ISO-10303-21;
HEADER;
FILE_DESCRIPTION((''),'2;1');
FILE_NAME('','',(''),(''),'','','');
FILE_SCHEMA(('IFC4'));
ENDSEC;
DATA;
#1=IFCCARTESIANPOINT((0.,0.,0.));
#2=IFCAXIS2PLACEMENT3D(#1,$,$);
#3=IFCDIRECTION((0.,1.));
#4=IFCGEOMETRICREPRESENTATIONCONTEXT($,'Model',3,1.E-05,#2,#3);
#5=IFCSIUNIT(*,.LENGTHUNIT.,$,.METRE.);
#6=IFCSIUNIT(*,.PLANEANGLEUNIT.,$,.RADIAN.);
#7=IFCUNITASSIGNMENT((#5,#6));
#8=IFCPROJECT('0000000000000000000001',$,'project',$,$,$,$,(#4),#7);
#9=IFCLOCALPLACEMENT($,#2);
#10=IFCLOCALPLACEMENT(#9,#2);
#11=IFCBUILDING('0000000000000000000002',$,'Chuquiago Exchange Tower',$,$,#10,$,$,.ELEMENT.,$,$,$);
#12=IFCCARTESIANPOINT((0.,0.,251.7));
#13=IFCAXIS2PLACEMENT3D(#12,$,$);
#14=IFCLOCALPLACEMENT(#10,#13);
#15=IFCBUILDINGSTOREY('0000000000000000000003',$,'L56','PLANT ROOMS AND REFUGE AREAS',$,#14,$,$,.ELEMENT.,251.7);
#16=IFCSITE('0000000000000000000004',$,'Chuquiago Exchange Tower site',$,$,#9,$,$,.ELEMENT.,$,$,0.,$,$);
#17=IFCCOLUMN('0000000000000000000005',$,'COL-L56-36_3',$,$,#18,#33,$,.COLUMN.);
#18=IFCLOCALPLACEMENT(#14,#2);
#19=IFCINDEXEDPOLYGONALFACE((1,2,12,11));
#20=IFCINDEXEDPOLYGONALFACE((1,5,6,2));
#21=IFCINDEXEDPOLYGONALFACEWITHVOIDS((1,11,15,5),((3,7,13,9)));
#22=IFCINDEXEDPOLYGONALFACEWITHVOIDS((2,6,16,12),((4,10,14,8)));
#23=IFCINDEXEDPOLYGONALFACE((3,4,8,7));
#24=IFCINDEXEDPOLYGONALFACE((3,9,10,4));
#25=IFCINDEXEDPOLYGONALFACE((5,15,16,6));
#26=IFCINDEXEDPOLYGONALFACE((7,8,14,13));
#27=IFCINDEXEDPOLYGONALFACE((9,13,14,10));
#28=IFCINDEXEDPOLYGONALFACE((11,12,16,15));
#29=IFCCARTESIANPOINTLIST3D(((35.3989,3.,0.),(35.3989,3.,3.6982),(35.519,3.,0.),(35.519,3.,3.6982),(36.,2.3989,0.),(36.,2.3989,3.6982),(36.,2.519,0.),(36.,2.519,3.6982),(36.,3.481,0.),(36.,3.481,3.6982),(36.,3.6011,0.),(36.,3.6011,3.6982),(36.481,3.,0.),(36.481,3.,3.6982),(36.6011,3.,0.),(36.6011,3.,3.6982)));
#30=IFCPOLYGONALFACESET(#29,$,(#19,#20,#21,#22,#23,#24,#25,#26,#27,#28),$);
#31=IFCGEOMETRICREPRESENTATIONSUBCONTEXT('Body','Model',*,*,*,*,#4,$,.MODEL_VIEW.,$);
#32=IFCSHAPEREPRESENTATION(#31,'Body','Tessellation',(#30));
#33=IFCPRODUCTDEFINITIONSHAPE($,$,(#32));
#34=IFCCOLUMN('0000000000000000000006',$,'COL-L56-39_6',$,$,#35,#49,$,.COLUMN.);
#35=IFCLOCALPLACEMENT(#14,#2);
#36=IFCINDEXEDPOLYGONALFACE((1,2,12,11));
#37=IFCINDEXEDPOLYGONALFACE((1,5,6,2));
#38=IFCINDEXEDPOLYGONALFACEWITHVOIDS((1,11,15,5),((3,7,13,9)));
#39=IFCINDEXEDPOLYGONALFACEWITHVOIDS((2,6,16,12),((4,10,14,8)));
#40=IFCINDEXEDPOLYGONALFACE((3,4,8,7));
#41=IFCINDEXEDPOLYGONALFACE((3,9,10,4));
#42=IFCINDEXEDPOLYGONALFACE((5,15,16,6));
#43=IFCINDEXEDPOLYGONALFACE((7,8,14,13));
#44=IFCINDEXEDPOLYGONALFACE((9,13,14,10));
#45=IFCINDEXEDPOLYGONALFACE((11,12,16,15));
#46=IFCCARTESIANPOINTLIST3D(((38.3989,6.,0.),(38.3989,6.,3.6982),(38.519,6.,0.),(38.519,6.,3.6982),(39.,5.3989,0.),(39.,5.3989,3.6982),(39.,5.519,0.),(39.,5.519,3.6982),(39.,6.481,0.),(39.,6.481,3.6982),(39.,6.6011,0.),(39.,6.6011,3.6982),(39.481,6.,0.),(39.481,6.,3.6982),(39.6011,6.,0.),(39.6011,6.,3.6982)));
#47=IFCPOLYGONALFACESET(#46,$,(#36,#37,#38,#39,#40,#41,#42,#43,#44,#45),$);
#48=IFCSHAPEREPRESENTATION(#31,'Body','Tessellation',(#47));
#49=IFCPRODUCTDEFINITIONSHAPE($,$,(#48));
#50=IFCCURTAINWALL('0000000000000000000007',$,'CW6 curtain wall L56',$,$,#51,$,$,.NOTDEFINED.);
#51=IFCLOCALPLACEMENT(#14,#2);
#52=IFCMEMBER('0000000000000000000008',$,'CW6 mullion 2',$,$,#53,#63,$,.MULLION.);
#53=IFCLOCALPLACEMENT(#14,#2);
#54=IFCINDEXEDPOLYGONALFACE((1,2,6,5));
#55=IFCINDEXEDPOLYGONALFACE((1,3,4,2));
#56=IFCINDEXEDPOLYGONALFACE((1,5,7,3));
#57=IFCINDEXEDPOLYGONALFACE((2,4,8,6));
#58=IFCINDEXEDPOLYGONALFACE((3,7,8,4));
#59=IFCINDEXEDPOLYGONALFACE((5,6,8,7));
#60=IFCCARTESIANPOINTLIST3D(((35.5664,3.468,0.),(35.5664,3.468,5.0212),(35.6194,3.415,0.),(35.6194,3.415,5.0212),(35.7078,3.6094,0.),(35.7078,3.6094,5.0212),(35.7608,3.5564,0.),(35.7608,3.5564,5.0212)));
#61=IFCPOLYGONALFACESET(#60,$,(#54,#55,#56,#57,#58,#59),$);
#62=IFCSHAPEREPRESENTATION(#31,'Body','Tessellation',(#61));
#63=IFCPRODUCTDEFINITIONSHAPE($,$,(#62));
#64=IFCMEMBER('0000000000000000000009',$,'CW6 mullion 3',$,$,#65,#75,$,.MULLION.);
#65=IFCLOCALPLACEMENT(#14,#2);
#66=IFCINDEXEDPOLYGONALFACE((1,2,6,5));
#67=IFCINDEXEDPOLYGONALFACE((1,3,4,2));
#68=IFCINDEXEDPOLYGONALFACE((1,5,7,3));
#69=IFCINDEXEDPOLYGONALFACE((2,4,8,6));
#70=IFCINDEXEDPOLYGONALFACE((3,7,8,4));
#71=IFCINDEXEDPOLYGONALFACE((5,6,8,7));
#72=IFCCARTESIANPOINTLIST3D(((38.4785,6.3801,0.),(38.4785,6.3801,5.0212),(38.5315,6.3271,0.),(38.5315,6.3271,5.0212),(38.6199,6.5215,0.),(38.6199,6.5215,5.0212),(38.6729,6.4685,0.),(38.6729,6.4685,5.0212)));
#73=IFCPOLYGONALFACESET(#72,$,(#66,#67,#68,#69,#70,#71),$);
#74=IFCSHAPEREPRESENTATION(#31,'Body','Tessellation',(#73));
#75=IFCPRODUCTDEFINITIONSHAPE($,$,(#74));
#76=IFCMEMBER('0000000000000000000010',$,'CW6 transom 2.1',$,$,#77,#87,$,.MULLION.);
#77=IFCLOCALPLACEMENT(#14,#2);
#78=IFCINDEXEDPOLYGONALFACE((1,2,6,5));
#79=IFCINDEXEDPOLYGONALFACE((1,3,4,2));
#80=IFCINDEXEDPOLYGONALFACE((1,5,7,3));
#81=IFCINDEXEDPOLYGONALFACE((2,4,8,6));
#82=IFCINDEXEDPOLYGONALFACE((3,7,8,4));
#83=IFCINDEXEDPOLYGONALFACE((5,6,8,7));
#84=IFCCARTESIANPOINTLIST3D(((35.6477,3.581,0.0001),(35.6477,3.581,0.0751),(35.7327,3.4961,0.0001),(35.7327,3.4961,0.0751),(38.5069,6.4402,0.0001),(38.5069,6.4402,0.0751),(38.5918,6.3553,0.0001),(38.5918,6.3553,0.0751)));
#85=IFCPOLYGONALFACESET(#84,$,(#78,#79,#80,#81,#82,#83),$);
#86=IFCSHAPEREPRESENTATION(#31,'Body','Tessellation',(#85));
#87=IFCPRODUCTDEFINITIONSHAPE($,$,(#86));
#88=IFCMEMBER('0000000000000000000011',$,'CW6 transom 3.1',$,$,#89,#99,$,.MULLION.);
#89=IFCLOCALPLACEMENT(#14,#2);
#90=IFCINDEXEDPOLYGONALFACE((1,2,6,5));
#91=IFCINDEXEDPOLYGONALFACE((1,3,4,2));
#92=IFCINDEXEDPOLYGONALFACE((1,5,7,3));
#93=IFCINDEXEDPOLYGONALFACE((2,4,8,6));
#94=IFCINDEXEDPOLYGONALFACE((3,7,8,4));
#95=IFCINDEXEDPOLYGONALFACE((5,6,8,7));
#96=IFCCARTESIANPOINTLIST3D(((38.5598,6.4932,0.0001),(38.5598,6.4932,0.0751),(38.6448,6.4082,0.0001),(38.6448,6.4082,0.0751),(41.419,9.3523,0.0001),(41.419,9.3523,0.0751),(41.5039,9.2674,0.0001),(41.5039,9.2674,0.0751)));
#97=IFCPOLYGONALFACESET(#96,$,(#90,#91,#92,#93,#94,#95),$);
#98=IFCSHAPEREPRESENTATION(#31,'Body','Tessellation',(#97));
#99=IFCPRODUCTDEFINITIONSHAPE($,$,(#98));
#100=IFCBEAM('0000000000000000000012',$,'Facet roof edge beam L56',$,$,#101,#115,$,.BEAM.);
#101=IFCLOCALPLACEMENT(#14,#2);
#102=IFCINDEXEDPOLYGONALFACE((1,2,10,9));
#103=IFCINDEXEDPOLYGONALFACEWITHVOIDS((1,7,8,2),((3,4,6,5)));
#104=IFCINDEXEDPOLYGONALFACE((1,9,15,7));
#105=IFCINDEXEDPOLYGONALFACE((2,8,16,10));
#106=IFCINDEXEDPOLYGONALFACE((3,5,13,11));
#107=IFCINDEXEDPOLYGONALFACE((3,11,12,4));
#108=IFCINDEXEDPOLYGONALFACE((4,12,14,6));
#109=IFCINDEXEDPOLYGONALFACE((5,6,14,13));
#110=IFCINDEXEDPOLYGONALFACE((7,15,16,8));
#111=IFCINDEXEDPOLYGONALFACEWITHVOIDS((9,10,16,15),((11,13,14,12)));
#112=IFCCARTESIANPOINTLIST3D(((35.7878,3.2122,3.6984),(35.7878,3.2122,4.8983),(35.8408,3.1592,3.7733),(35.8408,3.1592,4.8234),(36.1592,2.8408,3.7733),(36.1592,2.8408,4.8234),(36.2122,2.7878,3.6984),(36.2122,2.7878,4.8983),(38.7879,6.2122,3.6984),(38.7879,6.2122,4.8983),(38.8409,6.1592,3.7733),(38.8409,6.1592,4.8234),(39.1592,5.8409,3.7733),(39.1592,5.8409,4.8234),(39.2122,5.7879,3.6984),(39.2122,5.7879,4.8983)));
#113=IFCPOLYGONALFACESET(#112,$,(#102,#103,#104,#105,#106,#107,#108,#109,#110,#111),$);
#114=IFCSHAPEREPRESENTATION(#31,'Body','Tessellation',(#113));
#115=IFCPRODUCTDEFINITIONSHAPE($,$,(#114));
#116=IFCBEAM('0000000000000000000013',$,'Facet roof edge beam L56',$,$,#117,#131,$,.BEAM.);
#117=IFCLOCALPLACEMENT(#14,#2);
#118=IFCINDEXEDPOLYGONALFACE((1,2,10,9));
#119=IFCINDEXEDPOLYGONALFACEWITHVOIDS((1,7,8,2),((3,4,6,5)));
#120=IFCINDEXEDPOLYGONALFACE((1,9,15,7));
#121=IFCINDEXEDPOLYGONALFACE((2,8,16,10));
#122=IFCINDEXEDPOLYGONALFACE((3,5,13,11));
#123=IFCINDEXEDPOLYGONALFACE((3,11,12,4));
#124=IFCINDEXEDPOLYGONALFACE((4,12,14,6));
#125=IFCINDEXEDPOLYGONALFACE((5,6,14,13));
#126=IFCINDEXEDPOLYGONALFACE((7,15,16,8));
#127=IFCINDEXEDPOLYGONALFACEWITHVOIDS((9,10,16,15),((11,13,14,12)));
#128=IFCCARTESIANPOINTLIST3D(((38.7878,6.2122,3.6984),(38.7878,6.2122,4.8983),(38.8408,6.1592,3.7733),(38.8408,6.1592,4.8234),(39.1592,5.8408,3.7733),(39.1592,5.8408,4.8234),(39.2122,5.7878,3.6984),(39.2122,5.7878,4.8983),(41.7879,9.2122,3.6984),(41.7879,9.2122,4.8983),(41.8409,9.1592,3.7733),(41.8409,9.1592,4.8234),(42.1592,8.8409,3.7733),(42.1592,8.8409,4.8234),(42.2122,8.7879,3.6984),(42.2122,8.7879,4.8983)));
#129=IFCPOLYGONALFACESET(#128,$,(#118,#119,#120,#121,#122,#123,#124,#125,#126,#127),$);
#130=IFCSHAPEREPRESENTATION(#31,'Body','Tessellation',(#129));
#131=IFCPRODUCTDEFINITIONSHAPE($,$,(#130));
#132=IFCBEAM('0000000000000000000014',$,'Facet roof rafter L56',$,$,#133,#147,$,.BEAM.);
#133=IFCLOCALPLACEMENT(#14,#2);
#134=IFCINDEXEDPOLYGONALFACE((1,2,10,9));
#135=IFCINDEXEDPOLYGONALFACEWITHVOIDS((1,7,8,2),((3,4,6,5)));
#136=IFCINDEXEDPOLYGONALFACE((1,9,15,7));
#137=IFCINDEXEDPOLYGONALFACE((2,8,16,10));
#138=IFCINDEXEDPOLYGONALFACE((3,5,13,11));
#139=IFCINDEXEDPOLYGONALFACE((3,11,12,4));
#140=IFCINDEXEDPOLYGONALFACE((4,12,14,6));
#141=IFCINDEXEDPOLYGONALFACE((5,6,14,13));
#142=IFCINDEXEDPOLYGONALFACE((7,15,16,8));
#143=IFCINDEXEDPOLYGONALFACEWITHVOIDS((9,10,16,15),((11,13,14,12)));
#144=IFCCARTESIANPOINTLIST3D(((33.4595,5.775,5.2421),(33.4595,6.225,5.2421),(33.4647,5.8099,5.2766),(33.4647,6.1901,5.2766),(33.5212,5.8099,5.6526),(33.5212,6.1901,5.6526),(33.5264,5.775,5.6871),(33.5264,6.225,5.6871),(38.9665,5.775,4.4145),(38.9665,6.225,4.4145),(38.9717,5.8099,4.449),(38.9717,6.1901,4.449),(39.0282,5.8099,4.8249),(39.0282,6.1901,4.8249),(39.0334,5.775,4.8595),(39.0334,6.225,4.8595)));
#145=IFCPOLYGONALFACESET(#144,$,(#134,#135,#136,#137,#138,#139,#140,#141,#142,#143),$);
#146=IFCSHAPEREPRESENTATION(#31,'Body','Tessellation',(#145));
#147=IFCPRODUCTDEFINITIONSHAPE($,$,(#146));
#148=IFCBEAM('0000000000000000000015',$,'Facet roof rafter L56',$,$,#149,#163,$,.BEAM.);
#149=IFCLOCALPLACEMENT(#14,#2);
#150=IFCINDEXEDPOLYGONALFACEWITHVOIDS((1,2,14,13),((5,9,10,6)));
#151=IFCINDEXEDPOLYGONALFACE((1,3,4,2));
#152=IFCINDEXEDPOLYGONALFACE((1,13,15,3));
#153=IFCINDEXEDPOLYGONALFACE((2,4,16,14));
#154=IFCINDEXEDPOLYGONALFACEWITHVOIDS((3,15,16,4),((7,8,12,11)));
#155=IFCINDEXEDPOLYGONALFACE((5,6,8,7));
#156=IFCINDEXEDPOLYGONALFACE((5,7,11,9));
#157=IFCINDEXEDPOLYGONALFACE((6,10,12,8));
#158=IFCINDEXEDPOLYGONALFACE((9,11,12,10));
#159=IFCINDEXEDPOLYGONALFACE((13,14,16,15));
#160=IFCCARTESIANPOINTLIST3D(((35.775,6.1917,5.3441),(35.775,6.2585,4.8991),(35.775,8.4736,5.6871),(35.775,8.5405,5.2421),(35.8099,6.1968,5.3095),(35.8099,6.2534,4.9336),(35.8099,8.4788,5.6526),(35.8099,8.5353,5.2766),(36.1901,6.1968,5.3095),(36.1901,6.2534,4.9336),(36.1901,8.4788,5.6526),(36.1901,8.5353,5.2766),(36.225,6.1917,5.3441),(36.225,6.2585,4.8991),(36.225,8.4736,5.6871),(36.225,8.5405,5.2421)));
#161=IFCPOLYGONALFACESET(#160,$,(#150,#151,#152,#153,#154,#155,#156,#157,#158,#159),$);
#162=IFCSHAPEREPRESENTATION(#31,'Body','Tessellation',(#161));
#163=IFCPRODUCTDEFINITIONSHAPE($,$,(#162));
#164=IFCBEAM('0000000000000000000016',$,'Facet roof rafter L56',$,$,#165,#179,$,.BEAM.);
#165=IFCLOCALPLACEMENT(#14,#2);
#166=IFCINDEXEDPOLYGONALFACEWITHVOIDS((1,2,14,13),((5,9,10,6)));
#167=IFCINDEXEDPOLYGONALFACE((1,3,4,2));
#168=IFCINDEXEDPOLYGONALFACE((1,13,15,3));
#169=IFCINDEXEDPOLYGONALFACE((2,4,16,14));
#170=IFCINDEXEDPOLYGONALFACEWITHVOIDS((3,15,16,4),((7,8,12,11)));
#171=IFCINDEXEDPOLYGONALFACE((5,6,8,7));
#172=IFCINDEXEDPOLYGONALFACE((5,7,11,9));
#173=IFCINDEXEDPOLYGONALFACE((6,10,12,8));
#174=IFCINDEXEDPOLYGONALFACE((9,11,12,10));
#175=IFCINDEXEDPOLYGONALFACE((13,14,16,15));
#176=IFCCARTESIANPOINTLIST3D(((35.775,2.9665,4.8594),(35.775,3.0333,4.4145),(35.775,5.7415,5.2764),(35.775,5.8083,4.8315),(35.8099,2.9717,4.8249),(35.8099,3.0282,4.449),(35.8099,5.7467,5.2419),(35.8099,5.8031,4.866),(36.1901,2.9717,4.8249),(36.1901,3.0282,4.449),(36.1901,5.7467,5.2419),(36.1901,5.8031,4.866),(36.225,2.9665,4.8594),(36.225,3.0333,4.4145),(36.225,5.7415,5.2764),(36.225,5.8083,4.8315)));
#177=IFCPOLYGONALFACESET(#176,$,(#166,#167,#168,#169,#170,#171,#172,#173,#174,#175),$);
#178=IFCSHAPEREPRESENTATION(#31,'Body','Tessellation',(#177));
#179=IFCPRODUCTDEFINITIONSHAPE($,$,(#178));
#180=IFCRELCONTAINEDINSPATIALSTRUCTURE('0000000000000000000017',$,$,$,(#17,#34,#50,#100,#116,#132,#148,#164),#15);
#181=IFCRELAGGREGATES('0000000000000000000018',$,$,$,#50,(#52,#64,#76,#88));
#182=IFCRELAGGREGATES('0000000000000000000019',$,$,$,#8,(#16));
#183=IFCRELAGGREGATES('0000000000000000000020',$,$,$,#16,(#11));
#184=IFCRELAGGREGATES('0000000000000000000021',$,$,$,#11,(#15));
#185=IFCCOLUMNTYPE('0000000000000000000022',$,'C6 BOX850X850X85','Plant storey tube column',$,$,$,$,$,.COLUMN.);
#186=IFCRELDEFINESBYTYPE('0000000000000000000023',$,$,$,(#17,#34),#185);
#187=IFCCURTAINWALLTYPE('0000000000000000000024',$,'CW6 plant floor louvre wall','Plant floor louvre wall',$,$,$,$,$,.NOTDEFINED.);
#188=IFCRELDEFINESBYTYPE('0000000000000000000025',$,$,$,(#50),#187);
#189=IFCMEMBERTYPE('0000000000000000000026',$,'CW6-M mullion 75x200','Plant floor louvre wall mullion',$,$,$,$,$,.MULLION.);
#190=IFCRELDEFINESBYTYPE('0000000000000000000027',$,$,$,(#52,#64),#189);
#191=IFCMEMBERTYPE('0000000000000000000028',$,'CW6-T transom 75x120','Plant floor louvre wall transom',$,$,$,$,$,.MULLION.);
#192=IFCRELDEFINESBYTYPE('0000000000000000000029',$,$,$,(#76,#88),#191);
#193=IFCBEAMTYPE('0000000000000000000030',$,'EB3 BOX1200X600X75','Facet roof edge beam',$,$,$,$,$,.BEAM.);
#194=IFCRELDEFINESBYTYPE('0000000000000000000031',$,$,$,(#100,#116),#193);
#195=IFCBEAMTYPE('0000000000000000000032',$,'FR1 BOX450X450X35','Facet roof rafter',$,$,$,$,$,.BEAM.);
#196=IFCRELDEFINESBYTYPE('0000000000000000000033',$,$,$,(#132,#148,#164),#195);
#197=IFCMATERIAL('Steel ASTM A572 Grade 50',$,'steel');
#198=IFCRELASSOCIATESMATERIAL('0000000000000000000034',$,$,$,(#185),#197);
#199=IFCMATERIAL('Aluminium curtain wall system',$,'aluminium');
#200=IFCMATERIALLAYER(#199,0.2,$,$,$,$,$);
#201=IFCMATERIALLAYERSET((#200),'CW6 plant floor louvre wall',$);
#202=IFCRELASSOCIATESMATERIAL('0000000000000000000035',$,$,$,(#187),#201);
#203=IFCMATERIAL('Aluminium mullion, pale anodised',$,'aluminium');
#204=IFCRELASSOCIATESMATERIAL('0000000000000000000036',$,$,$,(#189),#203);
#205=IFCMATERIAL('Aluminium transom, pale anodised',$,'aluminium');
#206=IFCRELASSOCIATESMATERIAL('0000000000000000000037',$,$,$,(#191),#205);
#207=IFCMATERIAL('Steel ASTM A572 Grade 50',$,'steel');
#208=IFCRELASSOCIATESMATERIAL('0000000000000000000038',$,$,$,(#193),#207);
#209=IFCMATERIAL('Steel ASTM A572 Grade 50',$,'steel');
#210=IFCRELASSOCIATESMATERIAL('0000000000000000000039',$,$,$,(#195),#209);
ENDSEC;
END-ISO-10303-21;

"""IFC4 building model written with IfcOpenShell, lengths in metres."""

from ifc_helpers import new_model, si_unit, direction, frame, origin, origin_2d, place, context, subcontext, project, spatial, rectangle, hollow_rectangle, extrude, material, layer, layer_set, material_profile, profile_set, type_object, element, aggregate, save


model = new_model("IFC4")

# Units and contexts
model_context = context("Model", 3, precision=1e-05, world=origin(), true_north=direction((0.0, 1.0)))
body_context = subcontext(model_context, "Body", "Model", "MODEL_VIEW")
ifc_project = project(units=[si_unit("LENGTHUNIT", "METRE"), si_unit("PLANEANGLEUNIT", "RADIAN")], contexts=[model_context])

# Site, building, storey
site_placement = place(None, origin())
site = spatial("IfcSite", under=ifc_project, at=site_placement, Name="Chuquiago Exchange Tower site", CompositionType="ELEMENT", RefElevation=0.0)
building_placement = place(site_placement, origin())
building = spatial("IfcBuilding", under=site, at=building_placement, Name="Chuquiago Exchange Tower", CompositionType="ELEMENT")
storey_placement = place(building_placement, frame((0.0, 0.0, 251.7)))
storey = spatial("IfcBuildingStorey", under=building, at=storey_placement, Name="L56", Description="PLANT ROOMS AND REFUGE AREAS", CompositionType="ELEMENT", Elevation=251.7)

# Columns
ifc_material_1 = material(Name="Steel ASTM A572 Grade 50", Category="steel")
ifc_material_profile_1 = material_profile(ifc_material_1, hollow_rectangle(XDim=0.8501, YDim=0.8501, WallThickness=0.085, at=origin_2d()), Name="BOX850X850X85")
ifc_profile_set_1 = profile_set([ifc_material_profile_1], Name="Steel ASTM A572 Grade 50")
column_type = type_object("IfcColumnType", Name="C6 BOX850X850X85", Description="Plant storey tube column", PredefinedType="COLUMN", material=ifc_profile_set_1)
for number, where, z_axis, x_axis, name in (
    (1, (36.0, 3.0, 0.0), (0.0, 0.0, 1.0), (0.707107, -0.707107, 0.0), "COL-L56-36_3"),
    (2, (39.0, 6.0, 0.0), (0.0, 0.0, 1.0), (0.707107, -0.707107, 0.0), "COL-L56-39_6"),
):
    element("IfcColumn", number, at=place(storey_placement, frame(where, z_axis=z_axis, x_axis=x_axis)), inside=storey, type_object=column_type, Name=name, PredefinedType="COLUMN", context=body_context, shape_type="SweptSolid", body=[
        extrude(hollow_rectangle(XDim=0.8501, YDim=0.8501, WallThickness=0.085, at=origin_2d()), origin(), (0.0, 0.0, 1.0), 3.6982),
    ])

# Curtain wall, members
ifc_material_2 = material(Name="Aluminium curtain wall system", Category="aluminium")
ifc_layer_1 = layer(ifc_material_2, 0.2)
ifc_layer_set_1 = layer_set([ifc_layer_1], Name="CW6 plant floor louvre wall")
curtain_wall_type = type_object("IfcCurtainWallType", Name="CW6 plant floor louvre wall", Description="Plant floor louvre wall", PredefinedType="NOTDEFINED", material=ifc_layer_set_1)
curtain_wall_placement = place(storey_placement, origin())
curtain_wall = element("IfcCurtainWall", 3, at=curtain_wall_placement, inside=storey, type_object=curtain_wall_type, Name="CW6 curtain wall L56", PredefinedType="NOTDEFINED")
ifc_material_3 = material(Name="Aluminium mullion, pale anodised", Category="aluminium")
ifc_material_profile_2 = material_profile(ifc_material_3, rectangle(XDim=0.075, YDim=0.2, at=origin_2d()), Name="AL 75x200")
ifc_profile_set_2 = profile_set([ifc_material_profile_2], Name="Aluminium mullion, pale anodised")
member_type_1 = type_object("IfcMemberType", Name="CW6-M mullion 75x200", Description="Plant floor louvre wall mullion", PredefinedType="MULLION", material=ifc_profile_set_2)
member_1_placement = place(storey_placement, frame((35.6636, 3.5122, 0.0), z_axis=(0.0, 0.0, 1.0), x_axis=(-0.707107, 0.707107, 0.0)))
member_1 = element("IfcMember", 4, at=member_1_placement, type_object=member_type_1, Name="CW6 mullion 2", PredefinedType="MULLION", context=body_context, shape_type="SweptSolid", body=[
    extrude(rectangle(XDim=0.075, YDim=0.2, at=origin_2d()), origin(), (0.0, 0.0, 1.0), 5.0212),
])
member_2_placement = place(storey_placement, frame((38.5757, 6.4243, 0.0), z_axis=(0.0, 0.0, 1.0), x_axis=(-0.707107, 0.707107, 0.0)))
member_2 = element("IfcMember", 5, at=member_2_placement, type_object=member_type_1, Name="CW6 mullion 3", PredefinedType="MULLION", context=body_context, shape_type="SweptSolid", body=[
    extrude(rectangle(XDim=0.075, YDim=0.2, at=origin_2d()), origin(), (0.0, 0.0, 1.0), 5.0212),
])
ifc_material_4 = material(Name="Aluminium transom, pale anodised", Category="aluminium")
ifc_material_profile_3 = material_profile(ifc_material_4, rectangle(XDim=0.1201, YDim=0.075, at=origin_2d()), Name="AL 120x75")
ifc_profile_set_3 = profile_set([ifc_material_profile_3], Name="Aluminium transom, pale anodised")
member_type_2 = type_object("IfcMemberType", Name="CW6-T transom 75x120", Description="Plant floor louvre wall transom", PredefinedType="MULLION", material=ifc_profile_set_3)
member_3_placement = place(storey_placement, frame((35.6902, 3.5386, 0.0376), z_axis=(0.707107, 0.707107, 0.0), x_axis=(-0.707107, 0.707107, 0.0)))
member_3 = element("IfcMember", 6, at=member_3_placement, type_object=member_type_2, Name="CW6 transom 2.1", PredefinedType="MULLION", context=body_context, shape_type="SweptSolid", body=[
    extrude(rectangle(XDim=0.1201, YDim=0.075, at=origin_2d()), origin(), (0.0, 0.0, 1.0), 4.0435),
])
member_4_placement = place(storey_placement, frame((38.6023, 6.4507, 0.0376), z_axis=(0.707107, 0.707107, 0.0), x_axis=(-0.707107, 0.707107, 0.0)))
member_4 = element("IfcMember", 7, at=member_4_placement, type_object=member_type_2, Name="CW6 transom 3.1", PredefinedType="MULLION", context=body_context, shape_type="SweptSolid", body=[
    extrude(rectangle(XDim=0.1201, YDim=0.075, at=origin_2d()), origin(), (0.0, 0.0, 1.0), 4.0435),
])

# Beams
ifc_material_5 = material(Name="Steel ASTM A572 Grade 50", Category="steel")
ifc_material_profile_4 = material_profile(ifc_material_5, hollow_rectangle(XDim=0.6001, YDim=1.2, WallThickness=0.075, at=origin_2d()), Name="BOX1200X600X75")
ifc_profile_set_4 = profile_set([ifc_material_profile_4], Name="Steel ASTM A572 Grade 50")
beam_type_1 = type_object("IfcBeamType", Name="EB3 BOX1200X600X75", Description="Facet roof edge beam", PredefinedType="BEAM", material=ifc_profile_set_4)
for number, where, z_axis, x_axis, name in (
    (8, (36.0, 3.0, 4.2983), (0.707107, 0.707107, 0.0), (-0.707107, 0.707107, 0.0), "Facet roof edge beam L56"),
    (9, (39.0, 6.0, 4.2983), (0.707107, 0.707107, 0.0), (-0.707107, 0.707107, 0.0), "Facet roof edge beam L56"),
):
    element("IfcBeam", number, at=place(storey_placement, frame(where, z_axis=z_axis, x_axis=x_axis)), inside=storey, type_object=beam_type_1, Name=name, PredefinedType="BEAM", context=body_context, shape_type="SweptSolid", body=[
        extrude(hollow_rectangle(XDim=0.6001, YDim=1.2, WallThickness=0.075, at=origin_2d()), origin(), (0.0, 0.0, 1.0), 4.2427),
    ])
ifc_material_6 = material(Name="Steel ASTM A572 Grade 50", Category="steel")
ifc_material_profile_5 = material_profile(ifc_material_6, hollow_rectangle(XDim=0.45, YDim=0.45, WallThickness=0.0349, at=origin_2d()), Name="BOX450X450X35")
ifc_profile_set_5 = profile_set([ifc_material_profile_5], Name="Steel ASTM A572 Grade 50")
beam_type_2 = type_object("IfcBeamType", Name="FR1 BOX450X450X35", Description="Facet roof rafter", PredefinedType="BEAM", material=ifc_profile_set_5)
beam_1_placement = place(storey_placement, frame((33.4929, 6.0, 5.4646), z_axis=(0.988895, 0.0, -0.148617), x_axis=(0.0, 1.0, 0.0)))
element("IfcBeam", 10, at=beam_1_placement, inside=storey, type_object=beam_type_2, Name="Facet roof rafter L56", PredefinedType="BEAM", context=body_context, shape_type="SweptSolid", body=[
    extrude(hollow_rectangle(XDim=0.45, YDim=0.45, WallThickness=0.0349, at=origin_2d()), origin(), (0.0, 0.0, 1.0), 5.5688),
])
beam_2_placement = place(storey_placement, frame((36.0, 8.5071, 5.4646), z_axis=(0.0, -0.988891, -0.148646), x_axis=(1.0, 0.0, 0.0)))
element("IfcBeam", 11, at=beam_2_placement, inside=storey, type_object=beam_type_2, Name="Facet roof rafter L56", PredefinedType="BEAM", context=body_context, shape_type="SweptSolid", body=[
    extrude(hollow_rectangle(XDim=0.45, YDim=0.45, WallThickness=0.0349, at=origin_2d()), origin(), (0.0, 0.0, 1.0), 2.3076),
])
beam_3_placement = place(storey_placement, frame((36.0, 5.7749, 5.054), z_axis=(0.0, -0.988897, -0.148604), x_axis=(1.0, 0.0, 0.0)))
element("IfcBeam", 12, at=beam_3_placement, inside=storey, type_object=beam_type_2, Name="Facet roof rafter L56", PredefinedType="BEAM", context=body_context, shape_type="SweptSolid", body=[
    extrude(hollow_rectangle(XDim=0.45, YDim=0.45, WallThickness=0.0349, at=origin_2d()), origin(), (0.0, 0.0, 1.0), 2.8062),
])

aggregate(curtain_wall, [member_1, member_2, member_3, member_4])

save(model, "model.ifc")
